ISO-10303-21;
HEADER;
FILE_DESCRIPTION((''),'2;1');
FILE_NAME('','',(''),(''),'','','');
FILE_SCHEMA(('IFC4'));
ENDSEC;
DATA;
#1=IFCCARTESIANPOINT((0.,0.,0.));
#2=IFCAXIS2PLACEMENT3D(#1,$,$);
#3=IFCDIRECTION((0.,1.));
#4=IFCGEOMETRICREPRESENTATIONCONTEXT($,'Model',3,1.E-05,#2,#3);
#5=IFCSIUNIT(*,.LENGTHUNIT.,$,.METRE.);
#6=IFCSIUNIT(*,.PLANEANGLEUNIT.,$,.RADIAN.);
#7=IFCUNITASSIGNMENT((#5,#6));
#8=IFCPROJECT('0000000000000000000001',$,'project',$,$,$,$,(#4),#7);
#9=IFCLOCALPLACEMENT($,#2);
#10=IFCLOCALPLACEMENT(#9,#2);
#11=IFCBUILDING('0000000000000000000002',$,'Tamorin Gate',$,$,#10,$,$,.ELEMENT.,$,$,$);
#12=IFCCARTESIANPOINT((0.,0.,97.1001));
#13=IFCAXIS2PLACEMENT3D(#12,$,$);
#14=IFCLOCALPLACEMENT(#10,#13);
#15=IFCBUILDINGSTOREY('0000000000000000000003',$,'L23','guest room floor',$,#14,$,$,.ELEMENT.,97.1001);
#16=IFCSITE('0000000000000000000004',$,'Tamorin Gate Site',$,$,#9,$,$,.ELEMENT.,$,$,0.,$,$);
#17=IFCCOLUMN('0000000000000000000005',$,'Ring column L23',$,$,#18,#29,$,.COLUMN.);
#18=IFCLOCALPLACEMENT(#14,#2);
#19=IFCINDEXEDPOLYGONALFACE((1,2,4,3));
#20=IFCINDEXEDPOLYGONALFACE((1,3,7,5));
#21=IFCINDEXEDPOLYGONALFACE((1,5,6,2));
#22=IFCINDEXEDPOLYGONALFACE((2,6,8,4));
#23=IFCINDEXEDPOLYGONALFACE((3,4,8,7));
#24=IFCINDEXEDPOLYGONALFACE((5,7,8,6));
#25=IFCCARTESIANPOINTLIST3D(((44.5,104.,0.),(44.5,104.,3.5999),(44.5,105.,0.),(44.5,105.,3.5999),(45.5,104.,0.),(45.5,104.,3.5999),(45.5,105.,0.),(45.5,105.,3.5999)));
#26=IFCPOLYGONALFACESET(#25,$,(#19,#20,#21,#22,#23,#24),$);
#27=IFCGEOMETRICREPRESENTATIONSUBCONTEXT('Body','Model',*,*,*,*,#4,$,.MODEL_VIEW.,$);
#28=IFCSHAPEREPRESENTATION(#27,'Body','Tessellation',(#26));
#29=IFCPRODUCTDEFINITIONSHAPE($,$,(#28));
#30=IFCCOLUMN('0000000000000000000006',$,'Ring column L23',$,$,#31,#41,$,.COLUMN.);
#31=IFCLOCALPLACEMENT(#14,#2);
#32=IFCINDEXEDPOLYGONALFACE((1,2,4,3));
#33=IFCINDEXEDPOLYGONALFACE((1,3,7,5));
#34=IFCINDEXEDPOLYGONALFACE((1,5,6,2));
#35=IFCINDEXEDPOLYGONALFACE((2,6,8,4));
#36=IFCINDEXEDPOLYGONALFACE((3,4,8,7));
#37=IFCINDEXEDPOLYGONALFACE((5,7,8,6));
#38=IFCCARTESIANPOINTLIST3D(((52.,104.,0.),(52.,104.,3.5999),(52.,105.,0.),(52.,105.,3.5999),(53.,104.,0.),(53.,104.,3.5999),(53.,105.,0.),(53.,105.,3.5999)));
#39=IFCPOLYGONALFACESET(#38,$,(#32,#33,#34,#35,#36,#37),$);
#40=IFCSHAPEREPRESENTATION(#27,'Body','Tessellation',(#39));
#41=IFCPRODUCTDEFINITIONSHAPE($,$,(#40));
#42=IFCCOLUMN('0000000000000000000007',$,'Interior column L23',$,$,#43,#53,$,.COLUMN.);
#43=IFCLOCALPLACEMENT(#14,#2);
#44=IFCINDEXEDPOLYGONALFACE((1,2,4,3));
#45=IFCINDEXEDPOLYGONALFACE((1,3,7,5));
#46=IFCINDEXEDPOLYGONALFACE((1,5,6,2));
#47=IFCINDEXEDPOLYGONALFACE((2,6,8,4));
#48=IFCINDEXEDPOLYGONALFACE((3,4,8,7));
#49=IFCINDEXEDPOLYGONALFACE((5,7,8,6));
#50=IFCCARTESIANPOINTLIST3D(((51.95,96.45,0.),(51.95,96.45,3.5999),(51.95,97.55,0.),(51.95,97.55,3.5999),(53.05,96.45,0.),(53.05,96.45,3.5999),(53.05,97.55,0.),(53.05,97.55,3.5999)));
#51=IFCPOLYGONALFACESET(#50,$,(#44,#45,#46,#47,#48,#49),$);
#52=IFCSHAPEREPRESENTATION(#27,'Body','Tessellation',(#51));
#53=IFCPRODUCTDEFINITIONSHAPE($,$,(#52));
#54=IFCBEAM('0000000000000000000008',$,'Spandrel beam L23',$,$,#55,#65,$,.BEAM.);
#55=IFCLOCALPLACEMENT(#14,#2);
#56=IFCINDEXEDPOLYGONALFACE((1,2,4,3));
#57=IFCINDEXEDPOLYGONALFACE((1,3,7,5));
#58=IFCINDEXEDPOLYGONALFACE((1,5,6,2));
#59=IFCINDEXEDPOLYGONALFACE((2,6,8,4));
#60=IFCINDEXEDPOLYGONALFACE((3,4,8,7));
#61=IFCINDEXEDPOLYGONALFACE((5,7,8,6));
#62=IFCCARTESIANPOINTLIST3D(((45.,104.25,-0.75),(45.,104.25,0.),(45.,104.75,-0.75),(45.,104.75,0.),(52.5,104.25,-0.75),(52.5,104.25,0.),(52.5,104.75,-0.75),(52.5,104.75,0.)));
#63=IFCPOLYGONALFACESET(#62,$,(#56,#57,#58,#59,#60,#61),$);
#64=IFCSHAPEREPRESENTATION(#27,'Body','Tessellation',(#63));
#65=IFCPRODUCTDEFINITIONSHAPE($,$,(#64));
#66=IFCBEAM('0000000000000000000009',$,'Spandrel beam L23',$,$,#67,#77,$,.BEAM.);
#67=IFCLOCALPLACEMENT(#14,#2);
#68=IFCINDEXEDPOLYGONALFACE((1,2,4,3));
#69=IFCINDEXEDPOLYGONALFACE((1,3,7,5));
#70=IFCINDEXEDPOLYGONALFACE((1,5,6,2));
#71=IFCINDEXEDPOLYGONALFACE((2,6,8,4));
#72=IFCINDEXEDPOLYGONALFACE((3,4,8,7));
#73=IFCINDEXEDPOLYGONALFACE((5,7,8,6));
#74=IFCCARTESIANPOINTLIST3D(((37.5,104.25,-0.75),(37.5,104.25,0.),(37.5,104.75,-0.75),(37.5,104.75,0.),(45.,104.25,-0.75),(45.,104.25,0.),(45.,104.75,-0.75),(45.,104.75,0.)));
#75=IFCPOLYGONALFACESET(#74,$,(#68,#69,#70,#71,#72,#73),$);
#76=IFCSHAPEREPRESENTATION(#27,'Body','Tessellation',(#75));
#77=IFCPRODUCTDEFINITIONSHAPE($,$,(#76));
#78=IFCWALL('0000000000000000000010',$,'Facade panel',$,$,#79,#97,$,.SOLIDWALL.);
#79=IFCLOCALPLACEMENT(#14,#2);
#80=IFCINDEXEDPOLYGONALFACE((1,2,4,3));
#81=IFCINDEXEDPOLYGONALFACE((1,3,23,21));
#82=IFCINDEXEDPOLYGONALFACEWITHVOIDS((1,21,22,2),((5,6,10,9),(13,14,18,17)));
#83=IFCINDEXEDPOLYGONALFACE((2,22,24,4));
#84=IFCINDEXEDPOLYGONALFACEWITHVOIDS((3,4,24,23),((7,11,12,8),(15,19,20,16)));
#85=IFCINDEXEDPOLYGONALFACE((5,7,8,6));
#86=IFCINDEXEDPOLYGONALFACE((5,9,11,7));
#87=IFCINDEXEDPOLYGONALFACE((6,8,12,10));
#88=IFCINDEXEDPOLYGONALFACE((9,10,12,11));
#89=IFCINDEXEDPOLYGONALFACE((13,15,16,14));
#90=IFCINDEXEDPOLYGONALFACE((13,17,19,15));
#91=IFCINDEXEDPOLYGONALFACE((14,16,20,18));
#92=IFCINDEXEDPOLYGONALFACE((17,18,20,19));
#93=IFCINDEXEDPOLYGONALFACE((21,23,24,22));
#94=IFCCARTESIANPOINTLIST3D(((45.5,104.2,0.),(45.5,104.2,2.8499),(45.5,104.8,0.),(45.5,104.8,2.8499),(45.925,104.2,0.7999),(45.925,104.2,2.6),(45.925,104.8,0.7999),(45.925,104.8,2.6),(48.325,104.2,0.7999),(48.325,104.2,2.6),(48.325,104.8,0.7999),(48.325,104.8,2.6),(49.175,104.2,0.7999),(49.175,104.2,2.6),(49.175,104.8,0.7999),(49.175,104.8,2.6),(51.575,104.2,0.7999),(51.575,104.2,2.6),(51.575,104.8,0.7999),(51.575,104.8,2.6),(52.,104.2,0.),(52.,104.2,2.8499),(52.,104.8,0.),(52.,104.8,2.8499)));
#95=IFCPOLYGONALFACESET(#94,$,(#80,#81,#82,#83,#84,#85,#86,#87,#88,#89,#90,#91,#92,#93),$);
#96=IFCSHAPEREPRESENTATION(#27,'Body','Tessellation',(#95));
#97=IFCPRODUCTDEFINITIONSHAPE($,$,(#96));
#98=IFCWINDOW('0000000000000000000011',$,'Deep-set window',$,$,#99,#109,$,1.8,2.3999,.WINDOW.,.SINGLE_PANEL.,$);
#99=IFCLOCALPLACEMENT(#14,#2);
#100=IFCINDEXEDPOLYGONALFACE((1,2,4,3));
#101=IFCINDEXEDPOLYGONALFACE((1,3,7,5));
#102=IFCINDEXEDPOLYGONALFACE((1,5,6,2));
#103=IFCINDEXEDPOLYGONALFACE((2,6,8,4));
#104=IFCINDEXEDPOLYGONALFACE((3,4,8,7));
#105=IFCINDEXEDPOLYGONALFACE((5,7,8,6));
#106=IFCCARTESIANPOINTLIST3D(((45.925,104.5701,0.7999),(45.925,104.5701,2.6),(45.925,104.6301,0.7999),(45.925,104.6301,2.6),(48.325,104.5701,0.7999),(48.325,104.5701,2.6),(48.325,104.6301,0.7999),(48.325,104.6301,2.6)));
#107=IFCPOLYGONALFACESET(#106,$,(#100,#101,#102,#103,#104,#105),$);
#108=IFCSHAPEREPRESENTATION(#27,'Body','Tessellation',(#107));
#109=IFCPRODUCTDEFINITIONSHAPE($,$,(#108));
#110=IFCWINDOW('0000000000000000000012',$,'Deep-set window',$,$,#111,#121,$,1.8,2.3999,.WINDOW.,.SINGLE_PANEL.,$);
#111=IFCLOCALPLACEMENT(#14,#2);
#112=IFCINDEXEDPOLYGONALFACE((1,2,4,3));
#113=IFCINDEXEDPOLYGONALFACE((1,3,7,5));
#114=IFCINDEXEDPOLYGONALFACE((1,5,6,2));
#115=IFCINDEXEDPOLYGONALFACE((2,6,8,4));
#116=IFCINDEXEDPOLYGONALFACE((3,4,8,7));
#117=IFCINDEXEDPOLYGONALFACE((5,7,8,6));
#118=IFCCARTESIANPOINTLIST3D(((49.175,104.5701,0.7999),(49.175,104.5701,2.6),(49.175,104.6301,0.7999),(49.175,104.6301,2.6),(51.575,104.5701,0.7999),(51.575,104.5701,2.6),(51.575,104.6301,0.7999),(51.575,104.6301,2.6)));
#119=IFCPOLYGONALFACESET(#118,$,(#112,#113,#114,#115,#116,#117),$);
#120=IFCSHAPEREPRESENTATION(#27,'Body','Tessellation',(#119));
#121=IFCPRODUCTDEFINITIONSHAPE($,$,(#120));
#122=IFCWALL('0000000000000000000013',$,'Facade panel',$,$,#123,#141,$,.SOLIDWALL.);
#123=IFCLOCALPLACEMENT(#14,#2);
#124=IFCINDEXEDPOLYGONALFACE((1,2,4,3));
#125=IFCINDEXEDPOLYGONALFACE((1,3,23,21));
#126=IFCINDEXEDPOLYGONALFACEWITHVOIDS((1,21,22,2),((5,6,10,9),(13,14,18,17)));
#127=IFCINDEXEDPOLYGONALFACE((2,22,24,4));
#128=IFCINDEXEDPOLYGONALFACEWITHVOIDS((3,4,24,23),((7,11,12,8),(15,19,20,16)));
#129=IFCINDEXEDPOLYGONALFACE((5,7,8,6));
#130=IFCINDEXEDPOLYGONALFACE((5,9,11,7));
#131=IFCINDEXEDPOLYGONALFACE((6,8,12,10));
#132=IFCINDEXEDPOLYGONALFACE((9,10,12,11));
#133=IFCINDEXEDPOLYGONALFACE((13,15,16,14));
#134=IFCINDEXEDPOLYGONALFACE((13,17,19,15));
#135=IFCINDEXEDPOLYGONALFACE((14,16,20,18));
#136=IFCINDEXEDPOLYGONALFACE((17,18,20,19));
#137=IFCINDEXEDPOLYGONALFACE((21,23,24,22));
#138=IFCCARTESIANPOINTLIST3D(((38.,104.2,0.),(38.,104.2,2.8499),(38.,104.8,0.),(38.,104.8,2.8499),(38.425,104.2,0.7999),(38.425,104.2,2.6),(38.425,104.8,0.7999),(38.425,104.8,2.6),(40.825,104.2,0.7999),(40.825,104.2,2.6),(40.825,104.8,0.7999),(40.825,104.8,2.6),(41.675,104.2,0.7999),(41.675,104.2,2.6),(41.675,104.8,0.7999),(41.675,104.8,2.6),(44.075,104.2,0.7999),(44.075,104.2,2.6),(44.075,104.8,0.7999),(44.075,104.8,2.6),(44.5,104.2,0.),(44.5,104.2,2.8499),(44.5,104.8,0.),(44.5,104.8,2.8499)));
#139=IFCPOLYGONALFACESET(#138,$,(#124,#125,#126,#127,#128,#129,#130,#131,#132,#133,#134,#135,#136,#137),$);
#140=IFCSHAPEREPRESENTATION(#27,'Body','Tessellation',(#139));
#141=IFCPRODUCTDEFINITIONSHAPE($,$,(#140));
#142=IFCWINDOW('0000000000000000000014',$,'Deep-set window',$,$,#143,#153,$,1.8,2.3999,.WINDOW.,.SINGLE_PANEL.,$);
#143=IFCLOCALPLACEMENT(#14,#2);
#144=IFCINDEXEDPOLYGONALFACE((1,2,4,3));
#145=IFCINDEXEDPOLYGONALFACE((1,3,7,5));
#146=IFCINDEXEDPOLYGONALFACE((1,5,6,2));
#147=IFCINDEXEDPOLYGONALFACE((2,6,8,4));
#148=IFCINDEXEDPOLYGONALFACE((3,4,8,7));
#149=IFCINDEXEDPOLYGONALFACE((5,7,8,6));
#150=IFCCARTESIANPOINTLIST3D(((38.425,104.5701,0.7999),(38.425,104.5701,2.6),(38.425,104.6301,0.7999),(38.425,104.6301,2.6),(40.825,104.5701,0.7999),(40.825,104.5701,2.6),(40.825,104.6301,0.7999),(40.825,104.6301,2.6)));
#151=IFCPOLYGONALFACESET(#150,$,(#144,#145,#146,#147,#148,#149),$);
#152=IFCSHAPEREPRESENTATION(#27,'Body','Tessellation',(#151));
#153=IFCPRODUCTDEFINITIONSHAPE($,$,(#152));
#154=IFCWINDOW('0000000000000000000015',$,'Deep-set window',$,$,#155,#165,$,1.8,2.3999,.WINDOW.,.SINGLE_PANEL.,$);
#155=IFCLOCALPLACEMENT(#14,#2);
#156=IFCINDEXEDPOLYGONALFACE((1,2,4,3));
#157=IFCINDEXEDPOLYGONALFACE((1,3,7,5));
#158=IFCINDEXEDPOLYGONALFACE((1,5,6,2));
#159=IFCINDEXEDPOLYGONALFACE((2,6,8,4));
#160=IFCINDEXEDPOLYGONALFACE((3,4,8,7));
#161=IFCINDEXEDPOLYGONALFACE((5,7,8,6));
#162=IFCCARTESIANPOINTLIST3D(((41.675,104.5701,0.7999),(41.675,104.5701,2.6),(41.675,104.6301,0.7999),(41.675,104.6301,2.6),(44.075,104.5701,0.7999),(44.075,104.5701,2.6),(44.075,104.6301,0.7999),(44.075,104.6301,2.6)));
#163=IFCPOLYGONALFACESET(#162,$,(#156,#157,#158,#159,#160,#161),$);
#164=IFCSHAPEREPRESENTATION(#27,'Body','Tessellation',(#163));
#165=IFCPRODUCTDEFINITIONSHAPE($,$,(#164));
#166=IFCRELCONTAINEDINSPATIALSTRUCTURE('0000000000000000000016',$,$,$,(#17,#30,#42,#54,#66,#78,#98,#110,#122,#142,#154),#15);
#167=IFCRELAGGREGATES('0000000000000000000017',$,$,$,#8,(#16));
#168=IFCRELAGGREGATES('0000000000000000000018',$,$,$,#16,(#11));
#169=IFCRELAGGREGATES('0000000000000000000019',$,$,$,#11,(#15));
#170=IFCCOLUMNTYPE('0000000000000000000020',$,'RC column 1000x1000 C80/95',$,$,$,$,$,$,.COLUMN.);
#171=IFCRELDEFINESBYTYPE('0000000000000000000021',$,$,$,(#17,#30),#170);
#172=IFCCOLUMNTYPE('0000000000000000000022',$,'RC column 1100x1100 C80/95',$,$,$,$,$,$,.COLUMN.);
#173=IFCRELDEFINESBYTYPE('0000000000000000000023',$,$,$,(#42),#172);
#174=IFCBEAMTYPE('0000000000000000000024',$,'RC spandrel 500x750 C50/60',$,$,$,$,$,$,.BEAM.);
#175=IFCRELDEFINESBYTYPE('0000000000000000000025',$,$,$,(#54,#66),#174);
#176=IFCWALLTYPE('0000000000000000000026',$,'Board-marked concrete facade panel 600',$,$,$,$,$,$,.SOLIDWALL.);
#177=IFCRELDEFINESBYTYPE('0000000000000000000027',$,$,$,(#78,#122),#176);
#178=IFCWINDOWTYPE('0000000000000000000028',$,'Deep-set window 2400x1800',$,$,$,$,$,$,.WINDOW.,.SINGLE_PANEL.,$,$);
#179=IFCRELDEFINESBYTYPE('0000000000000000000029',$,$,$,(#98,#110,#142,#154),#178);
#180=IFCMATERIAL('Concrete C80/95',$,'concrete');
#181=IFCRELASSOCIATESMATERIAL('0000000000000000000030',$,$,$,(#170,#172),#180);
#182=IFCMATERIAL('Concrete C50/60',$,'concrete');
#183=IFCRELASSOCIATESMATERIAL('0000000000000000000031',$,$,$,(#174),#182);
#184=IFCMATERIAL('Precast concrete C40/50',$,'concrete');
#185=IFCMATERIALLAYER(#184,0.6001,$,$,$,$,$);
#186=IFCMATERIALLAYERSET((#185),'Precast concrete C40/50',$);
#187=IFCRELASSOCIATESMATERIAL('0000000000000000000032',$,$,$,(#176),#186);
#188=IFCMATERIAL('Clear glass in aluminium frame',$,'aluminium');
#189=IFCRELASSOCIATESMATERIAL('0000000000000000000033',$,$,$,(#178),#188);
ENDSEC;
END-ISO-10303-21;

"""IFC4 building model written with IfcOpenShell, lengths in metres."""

from ifc_helpers import new_model, si_unit, direction, frame, frame_2d, origin, origin_2d, place, context, subcontext, project, spatial, rectangle, extrude, material, layer, layer_set, material_profile, profile_set, type_object, element, fill, save


model = new_model("IFC4")

# Units and contexts
model_context = context("Model", 3, precision=1e-05, world=origin(), true_north=direction((0.0, 1.0)))
body_context = subcontext(model_context, "Body", "Model", "MODEL_VIEW")
ifc_project = project(units=[si_unit("LENGTHUNIT", "METRE"), si_unit("PLANEANGLEUNIT", "RADIAN")], contexts=[model_context])

# Site, building, storey
site_placement = place(None, origin())
site = spatial("IfcSite", under=ifc_project, at=site_placement, Name="Tamorin Gate Site", CompositionType="ELEMENT", RefElevation=0.0)
building_placement = place(site_placement, origin())
building = spatial("IfcBuilding", under=site, at=building_placement, Name="Tamorin Gate", CompositionType="ELEMENT")
storey_placement = place(building_placement, frame((0.0, 0.0, 97.1001)))
storey = spatial("IfcBuildingStorey", under=building, at=storey_placement, Name="L23", Description="guest room floor", CompositionType="ELEMENT", Elevation=97.1001)

# Columns
ifc_material_1 = material(Name="Concrete C80/95", Category="concrete")
ifc_material_profile_1 = material_profile(ifc_material_1, rectangle(XDim=1.0, YDim=1.0, at=origin_2d()), Name="RC 1000x1000")
ifc_profile_set_1 = profile_set([ifc_material_profile_1], Name="Concrete C80/95")
column_type_1 = type_object("IfcColumnType", Name="RC column 1000x1000 C80/95", PredefinedType="COLUMN", material=ifc_profile_set_1)
for number, where, z_axis, x_axis, name in (
    (1, (45.0, 104.5, 0.0), (0.0, 0.0, 1.0), (1.0, 0.0, 0.0), "Ring column L23"),
    (2, (52.5, 104.5, 0.0), (0.0, 0.0, 1.0), (1.0, 0.0, 0.0), "Ring column L23"),
):
    element("IfcColumn", number, at=place(storey_placement, frame(where, z_axis=z_axis, x_axis=x_axis)), inside=storey, type_object=column_type_1, Name=name, PredefinedType="COLUMN", context=body_context, shape_type="SweptSolid", body=[
        extrude(rectangle(XDim=1.0, YDim=1.0, at=origin_2d()), origin(), (0.0, 0.0, 1.0), 3.5999),
    ])
ifc_material_profile_2 = material_profile(ifc_material_1, rectangle(XDim=1.1001, YDim=1.1001, at=origin_2d()), Name="RC 1100x1100")
ifc_profile_set_2 = profile_set([ifc_material_profile_2], Name="Concrete C80/95")
column_type_2 = type_object("IfcColumnType", Name="RC column 1100x1100 C80/95", PredefinedType="COLUMN", material=ifc_profile_set_2)
column_placement = place(storey_placement, frame((52.5, 97.0, 0.0), z_axis=(0.0, 0.0, 1.0), x_axis=(1.0, 0.0, 0.0)))
element("IfcColumn", 3, at=column_placement, inside=storey, type_object=column_type_2, Name="Interior column L23", PredefinedType="COLUMN", context=body_context, shape_type="SweptSolid", body=[
    extrude(rectangle(XDim=1.1001, YDim=1.1001, at=origin_2d()), origin(), (0.0, 0.0, 1.0), 3.5999),
])

# Beams
ifc_material_2 = material(Name="Concrete C50/60", Category="concrete")
ifc_material_profile_3 = material_profile(ifc_material_2, rectangle(XDim=0.5, YDim=0.75, at=origin_2d()), Name="RC 500x750")
ifc_profile_set_3 = profile_set([ifc_material_profile_3], Name="Concrete C50/60")
beam_type = type_object("IfcBeamType", Name="RC spandrel 500x750 C50/60", PredefinedType="BEAM", material=ifc_profile_set_3)
for number, where, z_axis, x_axis, name in (
    (4, (52.5, 104.5, -0.375), (-1.0, 0.0, 0.0), (0.0, -1.0, 0.0), "Spandrel beam L23"),
    (5, (45.0, 104.5, -0.375), (-1.0, 0.0, 0.0), (0.0, -1.0, 0.0), "Spandrel beam L23"),
):
    element("IfcBeam", number, at=place(storey_placement, frame(where, z_axis=z_axis, x_axis=x_axis)), inside=storey, type_object=beam_type, Name=name, PredefinedType="BEAM", context=body_context, shape_type="SweptSolid", body=[
        extrude(rectangle(XDim=0.5, YDim=0.75, at=origin_2d()), origin(), (0.0, 0.0, 1.0), 7.5),
    ])

# Walls, openings, windows
ifc_material_3 = material(Name="Precast concrete C40/50", Category="concrete")
ifc_layer_1 = layer(ifc_material_3, 0.6001)
ifc_layer_set_1 = layer_set([ifc_layer_1], Name="Precast concrete C40/50")
wall_type_1 = type_object("IfcWallType", Name="Board-marked concrete facade panel 600", PredefinedType="SOLIDWALL", material=ifc_layer_set_1)
wall_1_placement = place(storey_placement, frame((52.0, 104.5, 0.0), z_axis=(0.0, 0.0, 1.0), x_axis=(-1.0, 0.0, 0.0)))
wall_1 = element("IfcWall", 6, at=wall_1_placement, inside=storey, type_object=wall_type_1, Name="Facade panel", PredefinedType="SOLIDWALL", context=body_context, shape_type="SweptSolid", body=[
    extrude(rectangle(XDim=6.5, YDim=0.6001, at=frame_2d((3.25, 0.0))), origin(), (0.0, 0.0, 1.0), 2.8499),
])
opening_1_placement = place(wall_1_placement, frame((3.675, 0.0, 0.8)))
opening_1 = element("IfcOpeningElement", 7, at=opening_1_placement, cuts=wall_1, PredefinedType="OPENING", context=body_context, shape_type="SweptSolid", body=[
    extrude(rectangle(XDim=2.3999, YDim=1.8, at=frame_2d((1.2, 0.8999))), frame((0.0, 0.3101, 0.0), z_axis=(0.0, -1.0, 0.0), x_axis=(1.0, 0.0, 0.0)), (0.0, 0.0, 1.0), 0.6201),
])
opening_2_placement = place(wall_1_placement, frame((0.425, 0.0, 0.8)))
opening_2 = element("IfcOpeningElement", 8, at=opening_2_placement, cuts=wall_1, PredefinedType="OPENING", context=body_context, shape_type="SweptSolid", body=[
    extrude(rectangle(XDim=2.3999, YDim=1.8, at=frame_2d((1.2, 0.8999))), frame((0.0, 0.3101, 0.0), z_axis=(0.0, -1.0, 0.0), x_axis=(1.0, 0.0, 0.0)), (0.0, 0.0, 1.0), 0.6201),
])
ifc_material_4 = material(Name="Clear glass in aluminium frame", Category="aluminium")
window_type = type_object("IfcWindowType", Name="Deep-set window 2400x1800", PartitioningType="SINGLE_PANEL", PredefinedType="WINDOW", material=ifc_material_4)
window_1_placement = place(opening_1_placement, origin())
window_1 = element("IfcWindow", 9, at=window_1_placement, inside=storey, type_object=window_type, Name="Deep-set window", OverallHeight=1.8, OverallWidth=2.3999, PartitioningType="SINGLE_PANEL", PredefinedType="WINDOW", context=body_context, shape_type="SweptSolid", body=[
    extrude(rectangle(XDim=2.3999, YDim=1.8, at=frame_2d((1.2, 0.8999))), frame((0.0, -0.0701, 0.0), z_axis=(0.0, -1.0, 0.0), x_axis=(1.0, 0.0, 0.0)), (0.0, 0.0, 1.0), 0.0601),
])
fill(opening_1, window_1)
window_2_placement = place(opening_2_placement, origin())
window_2 = element("IfcWindow", 10, at=window_2_placement, inside=storey, type_object=window_type, Name="Deep-set window", OverallHeight=1.8, OverallWidth=2.3999, PartitioningType="SINGLE_PANEL", PredefinedType="WINDOW", context=body_context, shape_type="SweptSolid", body=[
    extrude(rectangle(XDim=2.3999, YDim=1.8, at=frame_2d((1.2, 0.8999))), frame((0.0, -0.0701, 0.0), z_axis=(0.0, -1.0, 0.0), x_axis=(1.0, 0.0, 0.0)), (0.0, 0.0, 1.0), 0.0601),
])
fill(opening_2, window_2)
wall_2_placement = place(storey_placement, frame((44.5, 104.5, 0.0), z_axis=(0.0, 0.0, 1.0), x_axis=(-1.0, 0.0, 0.0)))
wall_2 = element("IfcWall", 11, at=wall_2_placement, inside=storey, type_object=wall_type_1, Name="Facade panel", PredefinedType="SOLIDWALL", context=body_context, shape_type="SweptSolid", body=[
    extrude(rectangle(XDim=6.5, YDim=0.6001, at=frame_2d((3.25, 0.0))), origin(), (0.0, 0.0, 1.0), 2.8499),
])
opening_3_placement = place(wall_2_placement, frame((3.675, 0.0, 0.8)))
opening_3 = element("IfcOpeningElement", 12, at=opening_3_placement, cuts=wall_2, PredefinedType="OPENING", context=body_context, shape_type="SweptSolid", body=[
    extrude(rectangle(XDim=2.3999, YDim=1.8, at=frame_2d((1.2, 0.8999))), frame((0.0, 0.3101, 0.0), z_axis=(0.0, -1.0, 0.0), x_axis=(1.0, 0.0, 0.0)), (0.0, 0.0, 1.0), 0.6201),
])
opening_4_placement = place(wall_2_placement, frame((0.425, 0.0, 0.8)))
opening_4 = element("IfcOpeningElement", 13, at=opening_4_placement, cuts=wall_2, PredefinedType="OPENING", context=body_context, shape_type="SweptSolid", body=[
    extrude(rectangle(XDim=2.3999, YDim=1.8, at=frame_2d((1.2, 0.8999))), frame((0.0, 0.3101, 0.0), z_axis=(0.0, -1.0, 0.0), x_axis=(1.0, 0.0, 0.0)), (0.0, 0.0, 1.0), 0.6201),
])
window_3_placement = place(opening_3_placement, origin())
window_3 = element("IfcWindow", 14, at=window_3_placement, inside=storey, type_object=window_type, Name="Deep-set window", OverallHeight=1.8, OverallWidth=2.3999, PartitioningType="SINGLE_PANEL", PredefinedType="WINDOW", context=body_context, shape_type="SweptSolid", body=[
    extrude(rectangle(XDim=2.3999, YDim=1.8, at=frame_2d((1.2, 0.8999))), frame((0.0, -0.0701, 0.0), z_axis=(0.0, -1.0, 0.0), x_axis=(1.0, 0.0, 0.0)), (0.0, 0.0, 1.0), 0.0601),
])
fill(opening_3, window_3)
window_4_placement = place(opening_4_placement, origin())
window_4 = element("IfcWindow", 15, at=window_4_placement, inside=storey, type_object=window_type, Name="Deep-set window", OverallHeight=1.8, OverallWidth=2.3999, PartitioningType="SINGLE_PANEL", PredefinedType="WINDOW", context=body_context, shape_type="SweptSolid", body=[
    extrude(rectangle(XDim=2.3999, YDim=1.8, at=frame_2d((1.2, 0.8999))), frame((0.0, -0.0701, 0.0), z_axis=(0.0, -1.0, 0.0), x_axis=(1.0, 0.0, 0.0)), (0.0, 0.0, 1.0), 0.0601),
])
fill(opening_4, window_4)

save(model, "model.ifc")
